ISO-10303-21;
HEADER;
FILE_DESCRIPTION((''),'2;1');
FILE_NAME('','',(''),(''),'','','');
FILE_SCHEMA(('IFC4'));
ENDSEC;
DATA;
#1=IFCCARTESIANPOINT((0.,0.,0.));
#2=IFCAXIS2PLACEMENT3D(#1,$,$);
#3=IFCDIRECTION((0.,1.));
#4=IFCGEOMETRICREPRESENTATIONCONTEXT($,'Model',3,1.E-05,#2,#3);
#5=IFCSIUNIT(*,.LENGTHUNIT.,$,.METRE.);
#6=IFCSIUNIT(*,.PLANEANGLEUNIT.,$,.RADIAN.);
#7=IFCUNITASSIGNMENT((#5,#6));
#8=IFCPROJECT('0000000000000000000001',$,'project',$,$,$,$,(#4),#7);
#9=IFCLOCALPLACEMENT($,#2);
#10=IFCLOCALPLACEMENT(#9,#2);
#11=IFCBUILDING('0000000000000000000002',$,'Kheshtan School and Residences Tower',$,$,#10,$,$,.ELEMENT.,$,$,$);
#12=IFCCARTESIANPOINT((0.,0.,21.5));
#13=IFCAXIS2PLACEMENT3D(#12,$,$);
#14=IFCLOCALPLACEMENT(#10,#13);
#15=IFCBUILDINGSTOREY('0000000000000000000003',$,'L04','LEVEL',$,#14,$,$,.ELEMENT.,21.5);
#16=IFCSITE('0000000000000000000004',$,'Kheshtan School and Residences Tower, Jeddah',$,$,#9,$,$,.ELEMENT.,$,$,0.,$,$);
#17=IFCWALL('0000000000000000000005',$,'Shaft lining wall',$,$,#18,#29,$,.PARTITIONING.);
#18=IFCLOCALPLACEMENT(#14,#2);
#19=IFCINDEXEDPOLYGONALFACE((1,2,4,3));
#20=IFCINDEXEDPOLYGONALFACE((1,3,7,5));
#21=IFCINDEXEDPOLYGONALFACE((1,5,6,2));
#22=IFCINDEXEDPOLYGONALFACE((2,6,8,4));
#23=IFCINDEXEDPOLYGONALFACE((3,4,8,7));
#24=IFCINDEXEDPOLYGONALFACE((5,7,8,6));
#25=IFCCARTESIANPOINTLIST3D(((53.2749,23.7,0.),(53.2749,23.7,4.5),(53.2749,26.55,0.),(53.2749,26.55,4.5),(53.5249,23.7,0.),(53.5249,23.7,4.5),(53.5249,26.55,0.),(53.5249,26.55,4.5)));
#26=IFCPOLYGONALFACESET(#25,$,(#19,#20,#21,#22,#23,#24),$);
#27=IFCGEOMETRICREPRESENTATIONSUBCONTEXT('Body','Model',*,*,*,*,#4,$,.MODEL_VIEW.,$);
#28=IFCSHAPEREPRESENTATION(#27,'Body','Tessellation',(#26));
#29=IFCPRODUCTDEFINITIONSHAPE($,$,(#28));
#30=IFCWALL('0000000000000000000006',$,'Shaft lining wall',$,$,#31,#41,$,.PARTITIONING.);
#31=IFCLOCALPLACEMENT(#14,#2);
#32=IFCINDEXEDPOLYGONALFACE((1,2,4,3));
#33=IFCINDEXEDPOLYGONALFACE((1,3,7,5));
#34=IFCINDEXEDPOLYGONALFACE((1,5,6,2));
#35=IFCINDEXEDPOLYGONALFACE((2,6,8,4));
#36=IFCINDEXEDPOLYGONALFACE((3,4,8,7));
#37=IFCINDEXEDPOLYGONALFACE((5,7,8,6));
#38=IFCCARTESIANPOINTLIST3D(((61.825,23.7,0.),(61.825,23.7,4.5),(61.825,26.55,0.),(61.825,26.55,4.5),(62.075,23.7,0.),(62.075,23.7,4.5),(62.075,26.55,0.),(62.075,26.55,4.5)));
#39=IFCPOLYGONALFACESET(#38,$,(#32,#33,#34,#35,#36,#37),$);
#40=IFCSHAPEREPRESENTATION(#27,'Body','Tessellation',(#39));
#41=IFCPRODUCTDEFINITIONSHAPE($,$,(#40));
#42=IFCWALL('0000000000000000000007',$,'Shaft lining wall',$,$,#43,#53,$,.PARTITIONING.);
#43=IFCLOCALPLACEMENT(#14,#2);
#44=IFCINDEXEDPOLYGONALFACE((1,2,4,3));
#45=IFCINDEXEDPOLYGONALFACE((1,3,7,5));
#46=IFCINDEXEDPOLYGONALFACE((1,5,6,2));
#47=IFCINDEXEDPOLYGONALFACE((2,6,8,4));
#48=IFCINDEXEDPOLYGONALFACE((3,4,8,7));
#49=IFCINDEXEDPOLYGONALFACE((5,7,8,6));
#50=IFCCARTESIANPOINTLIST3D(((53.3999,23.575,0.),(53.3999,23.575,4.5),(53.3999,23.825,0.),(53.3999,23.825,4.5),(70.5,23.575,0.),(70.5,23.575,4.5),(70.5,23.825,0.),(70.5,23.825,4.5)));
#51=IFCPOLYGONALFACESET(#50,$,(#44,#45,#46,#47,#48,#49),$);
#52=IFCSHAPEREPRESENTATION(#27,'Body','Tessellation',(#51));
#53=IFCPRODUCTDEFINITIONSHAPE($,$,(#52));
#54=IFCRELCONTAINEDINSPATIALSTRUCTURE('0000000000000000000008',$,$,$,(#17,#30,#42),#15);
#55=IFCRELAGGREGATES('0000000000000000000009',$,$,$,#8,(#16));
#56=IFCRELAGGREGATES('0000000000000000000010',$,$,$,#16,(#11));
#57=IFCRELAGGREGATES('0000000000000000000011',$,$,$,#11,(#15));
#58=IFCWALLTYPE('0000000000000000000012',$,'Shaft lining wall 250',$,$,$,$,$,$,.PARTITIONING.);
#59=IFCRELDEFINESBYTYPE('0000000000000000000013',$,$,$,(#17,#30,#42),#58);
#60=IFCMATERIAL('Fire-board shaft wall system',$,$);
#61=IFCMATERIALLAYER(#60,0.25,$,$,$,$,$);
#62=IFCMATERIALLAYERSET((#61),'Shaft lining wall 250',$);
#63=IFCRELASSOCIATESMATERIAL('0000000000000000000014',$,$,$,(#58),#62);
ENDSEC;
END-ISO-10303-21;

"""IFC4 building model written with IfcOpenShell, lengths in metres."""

from ifc_helpers import new_model, si_unit, direction, frame, frame_2d, origin, place, context, subcontext, project, spatial, rectangle, extrude, material, layer, layer_set, type_object, element, save


model = new_model("IFC4")

# Units and contexts
model_context = context("Model", 3, precision=1e-05, world=origin(), true_north=direction((0.0, 1.0)))
body_context = subcontext(model_context, "Body", "Model", "MODEL_VIEW")
ifc_project = project(units=[si_unit("LENGTHUNIT", "METRE"), si_unit("PLANEANGLEUNIT", "RADIAN")], contexts=[model_context])

# Site, building, storey
site_placement = place(None, origin())
site = spatial("IfcSite", under=ifc_project, at=site_placement, Name="Kheshtan School and Residences Tower, Jeddah", CompositionType="ELEMENT", RefElevation=0.0)
building_placement = place(site_placement, origin())
building = spatial("IfcBuilding", under=site, at=building_placement, Name="Kheshtan School and Residences Tower", CompositionType="ELEMENT")
storey_placement = place(building_placement, frame((0.0, 0.0, 21.5)))
storey = spatial("IfcBuildingStorey", under=building, at=storey_placement, Name="L04", Description="LEVEL", CompositionType="ELEMENT", Elevation=21.5)

# Walls
ifc_material_1 = material(Name="Fire-board shaft wall system")
ifc_layer_1 = layer(ifc_material_1, 0.25)
ifc_layer_set_1 = layer_set([ifc_layer_1], Name="Shaft lining wall 250")
wall_type_1 = type_object("IfcWallType", Name="Shaft lining wall 250", PredefinedType="PARTITIONING", material=ifc_layer_set_1)
for number, where, z_axis, x_axis, name in (
    (1, (53.3999, 23.7, 0.0), (0.0, 0.0, 1.0), (0.0, 1.0, 0.0), "Shaft lining wall"),
    (2, (61.95, 23.7, 0.0), (0.0, 0.0, 1.0), (0.0, 1.0, 0.0), "Shaft lining wall"),
):
    element("IfcWall", number, at=place(storey_placement, frame(where, z_axis=z_axis, x_axis=x_axis)), inside=storey, type_object=wall_type_1, Name=name, PredefinedType="PARTITIONING", context=body_context, shape_type="SweptSolid", body=[
        extrude(rectangle(XDim=2.8501, YDim=0.25, at=frame_2d((1.425, 0.0))), origin(), (0.0, 0.0, 1.0), 4.5),
    ])
wall_1_placement = place(storey_placement, frame((53.3999, 23.7, 0.0), z_axis=(0.0, 0.0, 1.0), x_axis=(1.0, 0.0, 0.0)))
element("IfcWall", 3, at=wall_1_placement, inside=storey, type_object=wall_type_1, Name="Shaft lining wall", PredefinedType="PARTITIONING", context=body_context, shape_type="SweptSolid", body=[
    extrude(rectangle(XDim=17.1001, YDim=0.25, at=frame_2d((8.55, 0.0))), origin(), (0.0, 0.0, 1.0), 4.5),
])

save(model, "model.ifc")
